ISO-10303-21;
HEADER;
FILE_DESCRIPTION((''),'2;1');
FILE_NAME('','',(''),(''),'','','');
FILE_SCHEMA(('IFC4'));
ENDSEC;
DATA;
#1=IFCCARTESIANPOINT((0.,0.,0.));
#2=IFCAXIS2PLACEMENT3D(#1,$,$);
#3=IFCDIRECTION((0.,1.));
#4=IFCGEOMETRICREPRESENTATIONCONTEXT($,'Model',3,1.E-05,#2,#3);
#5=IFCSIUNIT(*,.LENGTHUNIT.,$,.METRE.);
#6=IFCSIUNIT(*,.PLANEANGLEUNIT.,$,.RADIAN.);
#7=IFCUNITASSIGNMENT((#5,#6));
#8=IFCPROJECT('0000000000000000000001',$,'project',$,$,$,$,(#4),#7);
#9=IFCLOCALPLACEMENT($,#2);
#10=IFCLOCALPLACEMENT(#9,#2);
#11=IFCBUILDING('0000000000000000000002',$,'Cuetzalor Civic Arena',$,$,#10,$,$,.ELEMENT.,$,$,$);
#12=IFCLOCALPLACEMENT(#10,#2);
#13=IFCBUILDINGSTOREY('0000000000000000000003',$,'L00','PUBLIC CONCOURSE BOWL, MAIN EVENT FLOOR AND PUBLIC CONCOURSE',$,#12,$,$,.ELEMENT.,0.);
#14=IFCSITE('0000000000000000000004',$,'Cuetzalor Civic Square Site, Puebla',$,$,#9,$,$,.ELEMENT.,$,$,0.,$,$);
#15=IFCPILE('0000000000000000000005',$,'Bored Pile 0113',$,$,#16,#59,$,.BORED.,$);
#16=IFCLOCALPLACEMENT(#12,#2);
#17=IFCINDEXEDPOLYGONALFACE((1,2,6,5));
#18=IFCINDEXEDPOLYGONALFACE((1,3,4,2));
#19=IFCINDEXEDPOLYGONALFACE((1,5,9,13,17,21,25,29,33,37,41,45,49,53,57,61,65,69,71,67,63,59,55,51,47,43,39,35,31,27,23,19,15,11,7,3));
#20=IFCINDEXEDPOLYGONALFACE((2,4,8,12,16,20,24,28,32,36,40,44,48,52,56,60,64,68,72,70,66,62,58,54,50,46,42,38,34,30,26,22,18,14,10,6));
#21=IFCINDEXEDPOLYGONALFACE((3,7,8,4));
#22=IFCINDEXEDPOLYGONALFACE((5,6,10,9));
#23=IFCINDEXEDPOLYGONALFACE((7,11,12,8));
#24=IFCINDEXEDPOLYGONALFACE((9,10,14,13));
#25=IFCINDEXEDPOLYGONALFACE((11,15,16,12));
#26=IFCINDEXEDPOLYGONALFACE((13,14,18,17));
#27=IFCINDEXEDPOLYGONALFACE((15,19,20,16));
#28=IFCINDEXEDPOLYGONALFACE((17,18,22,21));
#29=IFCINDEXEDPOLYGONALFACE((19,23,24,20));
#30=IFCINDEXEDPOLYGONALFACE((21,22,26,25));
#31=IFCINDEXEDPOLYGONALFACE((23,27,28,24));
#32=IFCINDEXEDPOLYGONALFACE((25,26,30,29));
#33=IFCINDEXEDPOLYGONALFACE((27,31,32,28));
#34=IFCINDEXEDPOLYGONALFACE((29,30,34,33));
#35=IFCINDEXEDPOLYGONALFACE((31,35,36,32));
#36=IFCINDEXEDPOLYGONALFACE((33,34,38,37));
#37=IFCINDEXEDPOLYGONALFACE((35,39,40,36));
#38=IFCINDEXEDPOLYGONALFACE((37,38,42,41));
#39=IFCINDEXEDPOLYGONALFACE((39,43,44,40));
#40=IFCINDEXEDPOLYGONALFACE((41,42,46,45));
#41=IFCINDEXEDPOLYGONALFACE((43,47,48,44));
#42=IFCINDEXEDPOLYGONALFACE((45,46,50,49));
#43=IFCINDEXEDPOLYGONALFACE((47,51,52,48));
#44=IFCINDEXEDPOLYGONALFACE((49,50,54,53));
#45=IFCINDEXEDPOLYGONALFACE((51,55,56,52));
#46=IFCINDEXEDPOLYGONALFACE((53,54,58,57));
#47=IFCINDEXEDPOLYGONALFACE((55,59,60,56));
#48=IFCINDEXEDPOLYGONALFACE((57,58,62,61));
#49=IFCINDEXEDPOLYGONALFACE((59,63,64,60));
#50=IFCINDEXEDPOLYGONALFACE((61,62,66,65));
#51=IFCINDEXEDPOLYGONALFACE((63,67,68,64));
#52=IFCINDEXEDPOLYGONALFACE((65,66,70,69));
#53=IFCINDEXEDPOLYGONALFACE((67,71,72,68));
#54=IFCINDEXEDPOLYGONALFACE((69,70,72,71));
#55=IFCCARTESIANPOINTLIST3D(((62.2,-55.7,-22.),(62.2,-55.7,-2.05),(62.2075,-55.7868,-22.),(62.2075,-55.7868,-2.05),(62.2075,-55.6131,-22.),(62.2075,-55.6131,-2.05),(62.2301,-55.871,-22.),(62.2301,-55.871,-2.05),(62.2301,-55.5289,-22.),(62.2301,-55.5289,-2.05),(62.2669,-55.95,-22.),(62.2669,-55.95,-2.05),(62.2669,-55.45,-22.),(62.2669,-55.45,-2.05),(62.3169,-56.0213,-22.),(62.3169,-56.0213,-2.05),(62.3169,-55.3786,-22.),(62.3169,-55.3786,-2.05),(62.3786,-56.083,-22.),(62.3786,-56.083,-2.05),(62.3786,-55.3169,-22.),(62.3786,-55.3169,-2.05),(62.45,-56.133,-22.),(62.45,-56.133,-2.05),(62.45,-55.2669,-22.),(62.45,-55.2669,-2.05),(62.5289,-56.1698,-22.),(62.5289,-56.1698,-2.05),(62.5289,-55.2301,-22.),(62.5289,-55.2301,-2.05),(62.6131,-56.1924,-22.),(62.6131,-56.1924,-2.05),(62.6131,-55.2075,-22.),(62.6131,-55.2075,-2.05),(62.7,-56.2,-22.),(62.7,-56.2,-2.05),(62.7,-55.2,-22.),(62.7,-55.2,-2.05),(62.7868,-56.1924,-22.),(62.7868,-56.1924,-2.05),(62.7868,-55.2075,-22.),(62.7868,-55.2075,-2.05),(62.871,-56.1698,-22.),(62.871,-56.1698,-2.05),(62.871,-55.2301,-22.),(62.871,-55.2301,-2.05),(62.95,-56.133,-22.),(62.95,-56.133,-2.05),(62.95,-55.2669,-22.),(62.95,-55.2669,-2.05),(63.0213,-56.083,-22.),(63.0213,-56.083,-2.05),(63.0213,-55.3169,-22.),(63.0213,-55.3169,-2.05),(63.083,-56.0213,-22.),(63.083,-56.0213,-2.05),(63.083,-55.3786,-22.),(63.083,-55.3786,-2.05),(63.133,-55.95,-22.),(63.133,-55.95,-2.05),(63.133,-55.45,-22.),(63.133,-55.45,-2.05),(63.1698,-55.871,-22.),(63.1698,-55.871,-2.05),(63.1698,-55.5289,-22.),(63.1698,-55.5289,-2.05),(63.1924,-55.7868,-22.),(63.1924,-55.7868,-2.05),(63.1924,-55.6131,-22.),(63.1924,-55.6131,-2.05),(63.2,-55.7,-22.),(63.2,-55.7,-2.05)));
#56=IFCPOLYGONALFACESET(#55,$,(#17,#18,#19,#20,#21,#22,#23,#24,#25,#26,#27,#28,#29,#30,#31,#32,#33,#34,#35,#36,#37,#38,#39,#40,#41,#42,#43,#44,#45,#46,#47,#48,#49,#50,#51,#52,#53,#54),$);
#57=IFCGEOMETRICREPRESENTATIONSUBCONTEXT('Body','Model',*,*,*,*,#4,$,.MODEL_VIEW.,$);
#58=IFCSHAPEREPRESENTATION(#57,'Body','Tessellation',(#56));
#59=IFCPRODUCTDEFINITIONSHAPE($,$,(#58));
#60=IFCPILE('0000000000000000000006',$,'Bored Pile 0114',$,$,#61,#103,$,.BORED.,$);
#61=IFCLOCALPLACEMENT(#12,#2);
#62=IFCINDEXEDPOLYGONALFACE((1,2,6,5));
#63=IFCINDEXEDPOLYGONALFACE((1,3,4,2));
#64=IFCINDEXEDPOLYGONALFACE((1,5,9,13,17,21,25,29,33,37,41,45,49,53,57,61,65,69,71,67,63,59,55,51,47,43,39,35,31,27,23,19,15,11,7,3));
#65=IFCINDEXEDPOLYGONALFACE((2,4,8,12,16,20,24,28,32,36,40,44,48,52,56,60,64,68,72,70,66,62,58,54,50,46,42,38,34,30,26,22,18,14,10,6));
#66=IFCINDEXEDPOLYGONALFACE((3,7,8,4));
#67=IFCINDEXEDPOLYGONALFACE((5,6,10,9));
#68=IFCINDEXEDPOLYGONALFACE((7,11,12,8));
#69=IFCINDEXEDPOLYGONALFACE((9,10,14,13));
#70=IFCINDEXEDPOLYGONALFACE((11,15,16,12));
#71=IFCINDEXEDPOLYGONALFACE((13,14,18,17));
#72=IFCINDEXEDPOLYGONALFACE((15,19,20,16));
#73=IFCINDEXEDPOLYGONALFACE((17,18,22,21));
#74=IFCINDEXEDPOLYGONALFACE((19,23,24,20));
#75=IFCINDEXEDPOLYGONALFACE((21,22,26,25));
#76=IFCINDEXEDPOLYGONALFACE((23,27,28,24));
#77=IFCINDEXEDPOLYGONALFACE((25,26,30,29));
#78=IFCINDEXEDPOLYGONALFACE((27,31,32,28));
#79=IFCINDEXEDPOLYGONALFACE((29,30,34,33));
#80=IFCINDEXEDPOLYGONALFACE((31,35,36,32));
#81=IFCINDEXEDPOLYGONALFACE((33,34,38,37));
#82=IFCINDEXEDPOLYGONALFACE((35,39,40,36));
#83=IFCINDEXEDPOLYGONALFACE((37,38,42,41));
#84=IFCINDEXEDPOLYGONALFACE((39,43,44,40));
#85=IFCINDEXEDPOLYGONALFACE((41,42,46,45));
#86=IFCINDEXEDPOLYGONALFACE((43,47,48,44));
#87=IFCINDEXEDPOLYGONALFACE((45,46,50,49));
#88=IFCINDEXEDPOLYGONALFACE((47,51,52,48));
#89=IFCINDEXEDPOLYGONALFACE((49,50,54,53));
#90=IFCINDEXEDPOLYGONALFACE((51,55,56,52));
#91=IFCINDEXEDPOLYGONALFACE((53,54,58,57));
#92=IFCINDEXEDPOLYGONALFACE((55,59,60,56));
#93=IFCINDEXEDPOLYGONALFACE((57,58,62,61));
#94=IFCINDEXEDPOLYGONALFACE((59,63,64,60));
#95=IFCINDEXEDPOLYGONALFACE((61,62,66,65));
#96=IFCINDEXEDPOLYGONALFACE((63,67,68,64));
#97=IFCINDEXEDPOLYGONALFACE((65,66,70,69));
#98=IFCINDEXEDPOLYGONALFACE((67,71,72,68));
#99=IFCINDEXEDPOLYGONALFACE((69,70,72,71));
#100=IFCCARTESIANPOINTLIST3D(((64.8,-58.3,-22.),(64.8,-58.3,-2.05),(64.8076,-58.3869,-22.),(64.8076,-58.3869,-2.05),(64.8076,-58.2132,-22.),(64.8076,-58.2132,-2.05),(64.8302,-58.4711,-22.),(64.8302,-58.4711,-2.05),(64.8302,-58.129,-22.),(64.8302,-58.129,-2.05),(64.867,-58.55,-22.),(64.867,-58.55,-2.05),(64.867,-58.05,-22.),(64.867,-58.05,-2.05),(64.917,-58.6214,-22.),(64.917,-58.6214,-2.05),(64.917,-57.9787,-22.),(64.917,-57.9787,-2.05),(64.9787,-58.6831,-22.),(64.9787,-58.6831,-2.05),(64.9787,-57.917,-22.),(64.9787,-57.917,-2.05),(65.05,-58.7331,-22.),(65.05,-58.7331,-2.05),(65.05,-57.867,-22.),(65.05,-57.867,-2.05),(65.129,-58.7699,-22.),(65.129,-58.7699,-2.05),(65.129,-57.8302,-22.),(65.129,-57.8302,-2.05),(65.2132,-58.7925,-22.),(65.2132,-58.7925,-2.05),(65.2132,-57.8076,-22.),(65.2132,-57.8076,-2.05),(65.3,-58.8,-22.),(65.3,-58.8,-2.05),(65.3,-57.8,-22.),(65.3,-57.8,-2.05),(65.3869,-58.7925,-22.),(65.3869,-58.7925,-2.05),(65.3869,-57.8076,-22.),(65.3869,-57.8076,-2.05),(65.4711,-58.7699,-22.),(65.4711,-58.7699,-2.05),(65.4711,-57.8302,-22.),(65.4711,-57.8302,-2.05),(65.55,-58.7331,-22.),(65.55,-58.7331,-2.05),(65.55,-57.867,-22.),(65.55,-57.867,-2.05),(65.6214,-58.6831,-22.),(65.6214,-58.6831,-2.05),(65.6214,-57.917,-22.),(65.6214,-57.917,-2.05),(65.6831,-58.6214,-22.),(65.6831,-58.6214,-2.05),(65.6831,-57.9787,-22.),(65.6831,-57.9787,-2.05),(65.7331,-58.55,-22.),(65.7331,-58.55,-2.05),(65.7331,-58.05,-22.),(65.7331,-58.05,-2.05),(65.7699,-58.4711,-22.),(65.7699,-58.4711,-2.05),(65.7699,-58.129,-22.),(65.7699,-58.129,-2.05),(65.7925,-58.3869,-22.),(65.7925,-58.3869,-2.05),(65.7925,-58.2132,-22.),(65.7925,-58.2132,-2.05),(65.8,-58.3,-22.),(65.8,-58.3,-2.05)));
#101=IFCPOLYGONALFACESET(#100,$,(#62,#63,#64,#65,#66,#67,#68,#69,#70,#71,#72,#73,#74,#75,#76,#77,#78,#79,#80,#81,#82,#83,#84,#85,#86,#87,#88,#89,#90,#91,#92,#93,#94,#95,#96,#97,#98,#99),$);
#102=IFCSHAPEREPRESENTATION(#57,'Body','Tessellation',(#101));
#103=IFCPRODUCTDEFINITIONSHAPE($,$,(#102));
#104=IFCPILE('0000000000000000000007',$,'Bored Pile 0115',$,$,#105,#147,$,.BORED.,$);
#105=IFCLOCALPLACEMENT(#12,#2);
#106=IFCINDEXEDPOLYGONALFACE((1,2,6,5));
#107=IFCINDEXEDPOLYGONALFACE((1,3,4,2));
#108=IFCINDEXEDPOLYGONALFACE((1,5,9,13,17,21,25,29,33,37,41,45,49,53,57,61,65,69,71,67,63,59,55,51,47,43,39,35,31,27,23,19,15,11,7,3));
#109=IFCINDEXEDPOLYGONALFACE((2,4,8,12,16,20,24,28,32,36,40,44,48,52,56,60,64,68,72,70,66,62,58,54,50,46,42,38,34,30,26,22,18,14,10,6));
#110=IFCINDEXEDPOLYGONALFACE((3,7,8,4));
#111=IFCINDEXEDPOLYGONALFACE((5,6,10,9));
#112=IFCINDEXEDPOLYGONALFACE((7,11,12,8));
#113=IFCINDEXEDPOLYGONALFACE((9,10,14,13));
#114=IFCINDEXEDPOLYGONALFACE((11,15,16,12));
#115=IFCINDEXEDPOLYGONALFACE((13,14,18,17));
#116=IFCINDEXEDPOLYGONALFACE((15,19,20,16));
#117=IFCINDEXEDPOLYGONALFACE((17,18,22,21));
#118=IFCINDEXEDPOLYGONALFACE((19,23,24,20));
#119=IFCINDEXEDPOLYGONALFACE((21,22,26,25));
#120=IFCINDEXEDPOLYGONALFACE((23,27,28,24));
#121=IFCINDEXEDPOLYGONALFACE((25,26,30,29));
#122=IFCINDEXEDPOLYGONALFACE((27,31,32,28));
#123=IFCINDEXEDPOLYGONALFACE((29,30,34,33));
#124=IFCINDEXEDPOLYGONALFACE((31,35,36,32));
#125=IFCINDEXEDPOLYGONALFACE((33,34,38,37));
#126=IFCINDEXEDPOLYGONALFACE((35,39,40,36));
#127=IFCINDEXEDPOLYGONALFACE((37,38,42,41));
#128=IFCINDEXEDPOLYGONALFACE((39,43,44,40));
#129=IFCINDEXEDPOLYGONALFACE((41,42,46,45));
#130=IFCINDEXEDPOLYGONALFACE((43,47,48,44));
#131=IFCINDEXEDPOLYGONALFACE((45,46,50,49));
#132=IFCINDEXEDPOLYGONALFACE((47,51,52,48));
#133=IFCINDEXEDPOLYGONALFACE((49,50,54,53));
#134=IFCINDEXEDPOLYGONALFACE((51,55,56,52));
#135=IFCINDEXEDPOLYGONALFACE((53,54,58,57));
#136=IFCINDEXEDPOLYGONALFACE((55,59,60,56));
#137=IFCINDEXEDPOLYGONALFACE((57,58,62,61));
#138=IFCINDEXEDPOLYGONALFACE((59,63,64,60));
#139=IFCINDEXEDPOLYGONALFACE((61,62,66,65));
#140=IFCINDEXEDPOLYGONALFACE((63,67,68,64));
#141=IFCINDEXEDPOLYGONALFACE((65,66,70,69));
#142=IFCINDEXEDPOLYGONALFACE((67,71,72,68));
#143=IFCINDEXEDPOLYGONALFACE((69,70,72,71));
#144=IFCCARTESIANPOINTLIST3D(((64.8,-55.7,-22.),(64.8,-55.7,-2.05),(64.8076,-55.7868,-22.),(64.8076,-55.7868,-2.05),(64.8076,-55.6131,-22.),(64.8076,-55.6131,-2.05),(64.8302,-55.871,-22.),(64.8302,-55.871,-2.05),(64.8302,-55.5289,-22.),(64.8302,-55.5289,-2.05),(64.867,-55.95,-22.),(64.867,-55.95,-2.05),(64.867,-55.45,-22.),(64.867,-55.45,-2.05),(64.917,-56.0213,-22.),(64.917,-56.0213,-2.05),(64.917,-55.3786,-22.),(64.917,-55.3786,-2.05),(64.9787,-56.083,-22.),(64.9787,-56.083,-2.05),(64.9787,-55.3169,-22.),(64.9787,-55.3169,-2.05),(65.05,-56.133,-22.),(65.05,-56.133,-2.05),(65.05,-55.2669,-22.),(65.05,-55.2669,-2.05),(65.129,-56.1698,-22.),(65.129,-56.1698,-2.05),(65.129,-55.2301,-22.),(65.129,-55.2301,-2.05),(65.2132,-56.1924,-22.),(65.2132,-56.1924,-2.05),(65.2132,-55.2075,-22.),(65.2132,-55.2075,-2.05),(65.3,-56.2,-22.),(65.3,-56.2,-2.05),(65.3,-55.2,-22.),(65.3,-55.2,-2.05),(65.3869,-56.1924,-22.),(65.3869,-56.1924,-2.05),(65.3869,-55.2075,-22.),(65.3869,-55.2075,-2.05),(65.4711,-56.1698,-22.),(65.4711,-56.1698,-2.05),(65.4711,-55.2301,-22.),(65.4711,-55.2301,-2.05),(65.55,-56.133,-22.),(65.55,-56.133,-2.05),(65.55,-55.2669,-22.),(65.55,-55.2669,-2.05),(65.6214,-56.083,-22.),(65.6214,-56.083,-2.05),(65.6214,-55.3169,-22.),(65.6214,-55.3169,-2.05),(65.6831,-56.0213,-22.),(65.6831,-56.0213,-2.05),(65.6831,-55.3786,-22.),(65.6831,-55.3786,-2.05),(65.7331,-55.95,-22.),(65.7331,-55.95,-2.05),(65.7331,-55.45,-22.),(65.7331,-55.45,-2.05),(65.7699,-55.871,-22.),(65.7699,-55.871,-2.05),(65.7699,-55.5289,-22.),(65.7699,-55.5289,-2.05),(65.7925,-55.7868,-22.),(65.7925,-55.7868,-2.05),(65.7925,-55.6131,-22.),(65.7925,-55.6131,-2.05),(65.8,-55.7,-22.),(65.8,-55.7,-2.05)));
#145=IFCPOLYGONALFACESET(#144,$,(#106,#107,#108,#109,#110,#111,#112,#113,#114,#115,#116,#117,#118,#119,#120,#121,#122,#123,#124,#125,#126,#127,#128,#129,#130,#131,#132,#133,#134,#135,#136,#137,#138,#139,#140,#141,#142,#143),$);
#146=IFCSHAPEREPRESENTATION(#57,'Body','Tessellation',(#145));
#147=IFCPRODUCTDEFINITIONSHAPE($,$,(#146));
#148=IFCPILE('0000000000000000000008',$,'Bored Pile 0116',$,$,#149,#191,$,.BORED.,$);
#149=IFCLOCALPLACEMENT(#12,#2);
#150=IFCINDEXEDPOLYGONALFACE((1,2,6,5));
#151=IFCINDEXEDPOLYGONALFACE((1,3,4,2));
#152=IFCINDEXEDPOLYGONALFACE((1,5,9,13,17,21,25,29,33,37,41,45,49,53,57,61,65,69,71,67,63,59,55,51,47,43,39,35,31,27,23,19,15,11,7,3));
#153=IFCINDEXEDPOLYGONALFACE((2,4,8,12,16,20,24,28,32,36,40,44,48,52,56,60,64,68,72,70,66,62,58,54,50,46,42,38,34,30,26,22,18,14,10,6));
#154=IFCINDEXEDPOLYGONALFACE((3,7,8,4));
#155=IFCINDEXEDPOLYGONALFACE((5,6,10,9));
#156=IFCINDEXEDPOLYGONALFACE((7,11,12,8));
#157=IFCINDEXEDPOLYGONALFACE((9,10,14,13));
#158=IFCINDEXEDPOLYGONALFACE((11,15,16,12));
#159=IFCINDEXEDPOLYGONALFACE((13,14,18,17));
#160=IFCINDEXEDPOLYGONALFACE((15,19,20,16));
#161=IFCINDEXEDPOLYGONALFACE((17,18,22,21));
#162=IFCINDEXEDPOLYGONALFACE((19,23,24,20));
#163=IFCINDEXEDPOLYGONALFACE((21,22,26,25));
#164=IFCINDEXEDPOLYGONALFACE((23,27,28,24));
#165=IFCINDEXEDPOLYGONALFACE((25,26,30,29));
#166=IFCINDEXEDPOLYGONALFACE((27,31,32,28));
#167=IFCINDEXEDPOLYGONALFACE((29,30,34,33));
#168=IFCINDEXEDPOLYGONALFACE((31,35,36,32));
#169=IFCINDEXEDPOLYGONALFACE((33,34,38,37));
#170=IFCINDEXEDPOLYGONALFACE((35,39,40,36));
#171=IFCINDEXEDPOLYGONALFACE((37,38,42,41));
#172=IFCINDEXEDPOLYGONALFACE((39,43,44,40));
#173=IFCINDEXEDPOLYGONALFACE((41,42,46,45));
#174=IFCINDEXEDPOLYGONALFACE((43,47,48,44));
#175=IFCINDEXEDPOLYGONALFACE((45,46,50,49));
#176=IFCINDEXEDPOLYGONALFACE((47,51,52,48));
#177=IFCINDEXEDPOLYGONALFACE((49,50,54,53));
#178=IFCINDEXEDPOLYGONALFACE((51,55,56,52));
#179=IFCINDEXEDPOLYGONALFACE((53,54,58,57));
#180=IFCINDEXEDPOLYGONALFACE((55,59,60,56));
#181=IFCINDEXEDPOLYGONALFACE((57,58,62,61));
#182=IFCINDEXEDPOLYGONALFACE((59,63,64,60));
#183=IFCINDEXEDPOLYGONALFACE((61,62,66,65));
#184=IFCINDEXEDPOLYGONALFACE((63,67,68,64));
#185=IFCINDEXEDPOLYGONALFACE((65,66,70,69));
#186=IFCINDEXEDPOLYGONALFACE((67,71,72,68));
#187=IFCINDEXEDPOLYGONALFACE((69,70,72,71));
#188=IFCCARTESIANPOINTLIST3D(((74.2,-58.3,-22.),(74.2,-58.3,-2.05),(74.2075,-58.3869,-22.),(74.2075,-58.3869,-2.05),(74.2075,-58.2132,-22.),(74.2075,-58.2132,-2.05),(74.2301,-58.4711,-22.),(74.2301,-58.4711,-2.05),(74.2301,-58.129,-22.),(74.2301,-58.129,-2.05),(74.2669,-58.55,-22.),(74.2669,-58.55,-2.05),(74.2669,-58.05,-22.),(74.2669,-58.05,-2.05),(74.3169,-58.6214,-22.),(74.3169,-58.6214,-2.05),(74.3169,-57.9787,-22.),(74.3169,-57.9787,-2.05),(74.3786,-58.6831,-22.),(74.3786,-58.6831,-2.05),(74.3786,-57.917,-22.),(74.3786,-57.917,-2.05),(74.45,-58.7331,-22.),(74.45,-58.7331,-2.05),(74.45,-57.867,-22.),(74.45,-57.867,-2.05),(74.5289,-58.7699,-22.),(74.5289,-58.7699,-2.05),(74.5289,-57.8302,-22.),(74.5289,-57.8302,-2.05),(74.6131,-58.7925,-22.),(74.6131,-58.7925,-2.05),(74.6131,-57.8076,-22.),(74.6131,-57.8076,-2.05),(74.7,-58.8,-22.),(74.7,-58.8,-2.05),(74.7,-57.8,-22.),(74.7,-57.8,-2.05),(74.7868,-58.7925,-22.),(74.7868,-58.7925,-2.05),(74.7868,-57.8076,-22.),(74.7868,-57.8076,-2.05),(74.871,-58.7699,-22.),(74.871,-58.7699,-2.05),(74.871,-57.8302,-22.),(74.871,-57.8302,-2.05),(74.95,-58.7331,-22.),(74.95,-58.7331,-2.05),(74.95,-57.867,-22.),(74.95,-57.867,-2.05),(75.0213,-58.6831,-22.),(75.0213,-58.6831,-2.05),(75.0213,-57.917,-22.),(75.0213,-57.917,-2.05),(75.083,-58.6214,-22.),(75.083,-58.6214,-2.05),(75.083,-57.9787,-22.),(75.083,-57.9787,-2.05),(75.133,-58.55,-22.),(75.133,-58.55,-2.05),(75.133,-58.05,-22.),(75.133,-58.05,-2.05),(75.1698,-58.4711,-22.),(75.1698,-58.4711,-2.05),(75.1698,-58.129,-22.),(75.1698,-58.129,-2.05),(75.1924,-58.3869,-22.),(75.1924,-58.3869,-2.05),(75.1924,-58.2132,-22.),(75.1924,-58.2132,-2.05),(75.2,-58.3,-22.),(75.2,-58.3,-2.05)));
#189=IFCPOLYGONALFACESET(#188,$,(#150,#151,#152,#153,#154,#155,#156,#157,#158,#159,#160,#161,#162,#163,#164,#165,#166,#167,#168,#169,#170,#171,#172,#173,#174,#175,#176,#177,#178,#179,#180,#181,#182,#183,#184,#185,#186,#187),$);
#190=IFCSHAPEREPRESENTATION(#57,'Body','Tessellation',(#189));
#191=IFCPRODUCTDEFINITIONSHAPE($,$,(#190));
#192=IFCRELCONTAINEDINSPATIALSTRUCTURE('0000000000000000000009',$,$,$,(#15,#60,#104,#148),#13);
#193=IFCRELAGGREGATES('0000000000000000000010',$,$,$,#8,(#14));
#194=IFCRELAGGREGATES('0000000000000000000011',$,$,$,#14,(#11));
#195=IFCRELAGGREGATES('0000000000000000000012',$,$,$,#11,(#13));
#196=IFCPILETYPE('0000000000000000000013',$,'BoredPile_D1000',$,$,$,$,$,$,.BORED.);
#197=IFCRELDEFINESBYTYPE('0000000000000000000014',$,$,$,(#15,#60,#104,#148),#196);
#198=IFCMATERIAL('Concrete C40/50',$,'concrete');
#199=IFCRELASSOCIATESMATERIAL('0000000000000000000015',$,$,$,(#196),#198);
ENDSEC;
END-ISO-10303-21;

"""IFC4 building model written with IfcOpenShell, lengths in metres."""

from ifc_helpers import new_model, si_unit, direction, frame, origin, origin_2d, place, context, subcontext, project, spatial, circle, extrude, material, material_profile, profile_set, type_object, element, save


model = new_model("IFC4")

# Units and contexts
model_context = context("Model", 3, precision=1e-05, world=origin(), true_north=direction((0.0, 1.0)))
body_context = subcontext(model_context, "Body", "Model", "MODEL_VIEW")
ifc_project = project(units=[si_unit("LENGTHUNIT", "METRE"), si_unit("PLANEANGLEUNIT", "RADIAN")], contexts=[model_context])

# Site, building, storey
site_placement = place(None, origin())
site = spatial("IfcSite", under=ifc_project, at=site_placement, Name="Cuetzalor Civic Square Site, Puebla", CompositionType="ELEMENT", RefElevation=0.0)
building_placement = place(site_placement, origin())
building = spatial("IfcBuilding", under=site, at=building_placement, Name="Cuetzalor Civic Arena", CompositionType="ELEMENT")
storey_placement = place(building_placement, origin())
storey = spatial("IfcBuildingStorey", under=building, at=storey_placement, Name="L00", Description="PUBLIC CONCOURSE BOWL, MAIN EVENT FLOOR AND PUBLIC CONCOURSE", CompositionType="ELEMENT", Elevation=0.0)

# Piles
ifc_material_1 = material(Name="Concrete C40/50", Category="concrete")
ifc_material_profile_1 = material_profile(ifc_material_1, circle(Radius=0.5, at=origin_2d()), Name="BORED PILE D1000")
ifc_profile_set_1 = profile_set([ifc_material_profile_1], Name="Concrete C40/50")
pile_type = type_object("IfcPileType", Name="BoredPile_D1000", PredefinedType="BORED", material=ifc_profile_set_1)
for number, where, z_axis, x_axis, name in (
    (1, (62.7, -55.7, -2.05), (0.0, 0.0, -1.0), (1.0, 0.0, 0.0), "Bored Pile 0113"),
    (2, (65.3, -58.3, -2.05), (0.0, 0.0, -1.0), (1.0, 0.0, 0.0), "Bored Pile 0114"),
    (3, (65.3, -55.7, -2.05), (0.0, 0.0, -1.0), (1.0, 0.0, 0.0), "Bored Pile 0115"),
    (4, (74.7, -58.3, -2.05), (0.0, 0.0, -1.0), (1.0, 0.0, 0.0), "Bored Pile 0116"),
):
    element("IfcPile", number, at=place(storey_placement, frame(where, z_axis=z_axis, x_axis=x_axis)), inside=storey, type_object=pile_type, Name=name, PredefinedType="BORED", context=body_context, shape_type="SweptSolid", body=[
        extrude(circle(Radius=0.5, at=origin_2d()), origin(), (0.0, 0.0, 1.0), 19.95),
    ])

save(model, "model.ifc")
